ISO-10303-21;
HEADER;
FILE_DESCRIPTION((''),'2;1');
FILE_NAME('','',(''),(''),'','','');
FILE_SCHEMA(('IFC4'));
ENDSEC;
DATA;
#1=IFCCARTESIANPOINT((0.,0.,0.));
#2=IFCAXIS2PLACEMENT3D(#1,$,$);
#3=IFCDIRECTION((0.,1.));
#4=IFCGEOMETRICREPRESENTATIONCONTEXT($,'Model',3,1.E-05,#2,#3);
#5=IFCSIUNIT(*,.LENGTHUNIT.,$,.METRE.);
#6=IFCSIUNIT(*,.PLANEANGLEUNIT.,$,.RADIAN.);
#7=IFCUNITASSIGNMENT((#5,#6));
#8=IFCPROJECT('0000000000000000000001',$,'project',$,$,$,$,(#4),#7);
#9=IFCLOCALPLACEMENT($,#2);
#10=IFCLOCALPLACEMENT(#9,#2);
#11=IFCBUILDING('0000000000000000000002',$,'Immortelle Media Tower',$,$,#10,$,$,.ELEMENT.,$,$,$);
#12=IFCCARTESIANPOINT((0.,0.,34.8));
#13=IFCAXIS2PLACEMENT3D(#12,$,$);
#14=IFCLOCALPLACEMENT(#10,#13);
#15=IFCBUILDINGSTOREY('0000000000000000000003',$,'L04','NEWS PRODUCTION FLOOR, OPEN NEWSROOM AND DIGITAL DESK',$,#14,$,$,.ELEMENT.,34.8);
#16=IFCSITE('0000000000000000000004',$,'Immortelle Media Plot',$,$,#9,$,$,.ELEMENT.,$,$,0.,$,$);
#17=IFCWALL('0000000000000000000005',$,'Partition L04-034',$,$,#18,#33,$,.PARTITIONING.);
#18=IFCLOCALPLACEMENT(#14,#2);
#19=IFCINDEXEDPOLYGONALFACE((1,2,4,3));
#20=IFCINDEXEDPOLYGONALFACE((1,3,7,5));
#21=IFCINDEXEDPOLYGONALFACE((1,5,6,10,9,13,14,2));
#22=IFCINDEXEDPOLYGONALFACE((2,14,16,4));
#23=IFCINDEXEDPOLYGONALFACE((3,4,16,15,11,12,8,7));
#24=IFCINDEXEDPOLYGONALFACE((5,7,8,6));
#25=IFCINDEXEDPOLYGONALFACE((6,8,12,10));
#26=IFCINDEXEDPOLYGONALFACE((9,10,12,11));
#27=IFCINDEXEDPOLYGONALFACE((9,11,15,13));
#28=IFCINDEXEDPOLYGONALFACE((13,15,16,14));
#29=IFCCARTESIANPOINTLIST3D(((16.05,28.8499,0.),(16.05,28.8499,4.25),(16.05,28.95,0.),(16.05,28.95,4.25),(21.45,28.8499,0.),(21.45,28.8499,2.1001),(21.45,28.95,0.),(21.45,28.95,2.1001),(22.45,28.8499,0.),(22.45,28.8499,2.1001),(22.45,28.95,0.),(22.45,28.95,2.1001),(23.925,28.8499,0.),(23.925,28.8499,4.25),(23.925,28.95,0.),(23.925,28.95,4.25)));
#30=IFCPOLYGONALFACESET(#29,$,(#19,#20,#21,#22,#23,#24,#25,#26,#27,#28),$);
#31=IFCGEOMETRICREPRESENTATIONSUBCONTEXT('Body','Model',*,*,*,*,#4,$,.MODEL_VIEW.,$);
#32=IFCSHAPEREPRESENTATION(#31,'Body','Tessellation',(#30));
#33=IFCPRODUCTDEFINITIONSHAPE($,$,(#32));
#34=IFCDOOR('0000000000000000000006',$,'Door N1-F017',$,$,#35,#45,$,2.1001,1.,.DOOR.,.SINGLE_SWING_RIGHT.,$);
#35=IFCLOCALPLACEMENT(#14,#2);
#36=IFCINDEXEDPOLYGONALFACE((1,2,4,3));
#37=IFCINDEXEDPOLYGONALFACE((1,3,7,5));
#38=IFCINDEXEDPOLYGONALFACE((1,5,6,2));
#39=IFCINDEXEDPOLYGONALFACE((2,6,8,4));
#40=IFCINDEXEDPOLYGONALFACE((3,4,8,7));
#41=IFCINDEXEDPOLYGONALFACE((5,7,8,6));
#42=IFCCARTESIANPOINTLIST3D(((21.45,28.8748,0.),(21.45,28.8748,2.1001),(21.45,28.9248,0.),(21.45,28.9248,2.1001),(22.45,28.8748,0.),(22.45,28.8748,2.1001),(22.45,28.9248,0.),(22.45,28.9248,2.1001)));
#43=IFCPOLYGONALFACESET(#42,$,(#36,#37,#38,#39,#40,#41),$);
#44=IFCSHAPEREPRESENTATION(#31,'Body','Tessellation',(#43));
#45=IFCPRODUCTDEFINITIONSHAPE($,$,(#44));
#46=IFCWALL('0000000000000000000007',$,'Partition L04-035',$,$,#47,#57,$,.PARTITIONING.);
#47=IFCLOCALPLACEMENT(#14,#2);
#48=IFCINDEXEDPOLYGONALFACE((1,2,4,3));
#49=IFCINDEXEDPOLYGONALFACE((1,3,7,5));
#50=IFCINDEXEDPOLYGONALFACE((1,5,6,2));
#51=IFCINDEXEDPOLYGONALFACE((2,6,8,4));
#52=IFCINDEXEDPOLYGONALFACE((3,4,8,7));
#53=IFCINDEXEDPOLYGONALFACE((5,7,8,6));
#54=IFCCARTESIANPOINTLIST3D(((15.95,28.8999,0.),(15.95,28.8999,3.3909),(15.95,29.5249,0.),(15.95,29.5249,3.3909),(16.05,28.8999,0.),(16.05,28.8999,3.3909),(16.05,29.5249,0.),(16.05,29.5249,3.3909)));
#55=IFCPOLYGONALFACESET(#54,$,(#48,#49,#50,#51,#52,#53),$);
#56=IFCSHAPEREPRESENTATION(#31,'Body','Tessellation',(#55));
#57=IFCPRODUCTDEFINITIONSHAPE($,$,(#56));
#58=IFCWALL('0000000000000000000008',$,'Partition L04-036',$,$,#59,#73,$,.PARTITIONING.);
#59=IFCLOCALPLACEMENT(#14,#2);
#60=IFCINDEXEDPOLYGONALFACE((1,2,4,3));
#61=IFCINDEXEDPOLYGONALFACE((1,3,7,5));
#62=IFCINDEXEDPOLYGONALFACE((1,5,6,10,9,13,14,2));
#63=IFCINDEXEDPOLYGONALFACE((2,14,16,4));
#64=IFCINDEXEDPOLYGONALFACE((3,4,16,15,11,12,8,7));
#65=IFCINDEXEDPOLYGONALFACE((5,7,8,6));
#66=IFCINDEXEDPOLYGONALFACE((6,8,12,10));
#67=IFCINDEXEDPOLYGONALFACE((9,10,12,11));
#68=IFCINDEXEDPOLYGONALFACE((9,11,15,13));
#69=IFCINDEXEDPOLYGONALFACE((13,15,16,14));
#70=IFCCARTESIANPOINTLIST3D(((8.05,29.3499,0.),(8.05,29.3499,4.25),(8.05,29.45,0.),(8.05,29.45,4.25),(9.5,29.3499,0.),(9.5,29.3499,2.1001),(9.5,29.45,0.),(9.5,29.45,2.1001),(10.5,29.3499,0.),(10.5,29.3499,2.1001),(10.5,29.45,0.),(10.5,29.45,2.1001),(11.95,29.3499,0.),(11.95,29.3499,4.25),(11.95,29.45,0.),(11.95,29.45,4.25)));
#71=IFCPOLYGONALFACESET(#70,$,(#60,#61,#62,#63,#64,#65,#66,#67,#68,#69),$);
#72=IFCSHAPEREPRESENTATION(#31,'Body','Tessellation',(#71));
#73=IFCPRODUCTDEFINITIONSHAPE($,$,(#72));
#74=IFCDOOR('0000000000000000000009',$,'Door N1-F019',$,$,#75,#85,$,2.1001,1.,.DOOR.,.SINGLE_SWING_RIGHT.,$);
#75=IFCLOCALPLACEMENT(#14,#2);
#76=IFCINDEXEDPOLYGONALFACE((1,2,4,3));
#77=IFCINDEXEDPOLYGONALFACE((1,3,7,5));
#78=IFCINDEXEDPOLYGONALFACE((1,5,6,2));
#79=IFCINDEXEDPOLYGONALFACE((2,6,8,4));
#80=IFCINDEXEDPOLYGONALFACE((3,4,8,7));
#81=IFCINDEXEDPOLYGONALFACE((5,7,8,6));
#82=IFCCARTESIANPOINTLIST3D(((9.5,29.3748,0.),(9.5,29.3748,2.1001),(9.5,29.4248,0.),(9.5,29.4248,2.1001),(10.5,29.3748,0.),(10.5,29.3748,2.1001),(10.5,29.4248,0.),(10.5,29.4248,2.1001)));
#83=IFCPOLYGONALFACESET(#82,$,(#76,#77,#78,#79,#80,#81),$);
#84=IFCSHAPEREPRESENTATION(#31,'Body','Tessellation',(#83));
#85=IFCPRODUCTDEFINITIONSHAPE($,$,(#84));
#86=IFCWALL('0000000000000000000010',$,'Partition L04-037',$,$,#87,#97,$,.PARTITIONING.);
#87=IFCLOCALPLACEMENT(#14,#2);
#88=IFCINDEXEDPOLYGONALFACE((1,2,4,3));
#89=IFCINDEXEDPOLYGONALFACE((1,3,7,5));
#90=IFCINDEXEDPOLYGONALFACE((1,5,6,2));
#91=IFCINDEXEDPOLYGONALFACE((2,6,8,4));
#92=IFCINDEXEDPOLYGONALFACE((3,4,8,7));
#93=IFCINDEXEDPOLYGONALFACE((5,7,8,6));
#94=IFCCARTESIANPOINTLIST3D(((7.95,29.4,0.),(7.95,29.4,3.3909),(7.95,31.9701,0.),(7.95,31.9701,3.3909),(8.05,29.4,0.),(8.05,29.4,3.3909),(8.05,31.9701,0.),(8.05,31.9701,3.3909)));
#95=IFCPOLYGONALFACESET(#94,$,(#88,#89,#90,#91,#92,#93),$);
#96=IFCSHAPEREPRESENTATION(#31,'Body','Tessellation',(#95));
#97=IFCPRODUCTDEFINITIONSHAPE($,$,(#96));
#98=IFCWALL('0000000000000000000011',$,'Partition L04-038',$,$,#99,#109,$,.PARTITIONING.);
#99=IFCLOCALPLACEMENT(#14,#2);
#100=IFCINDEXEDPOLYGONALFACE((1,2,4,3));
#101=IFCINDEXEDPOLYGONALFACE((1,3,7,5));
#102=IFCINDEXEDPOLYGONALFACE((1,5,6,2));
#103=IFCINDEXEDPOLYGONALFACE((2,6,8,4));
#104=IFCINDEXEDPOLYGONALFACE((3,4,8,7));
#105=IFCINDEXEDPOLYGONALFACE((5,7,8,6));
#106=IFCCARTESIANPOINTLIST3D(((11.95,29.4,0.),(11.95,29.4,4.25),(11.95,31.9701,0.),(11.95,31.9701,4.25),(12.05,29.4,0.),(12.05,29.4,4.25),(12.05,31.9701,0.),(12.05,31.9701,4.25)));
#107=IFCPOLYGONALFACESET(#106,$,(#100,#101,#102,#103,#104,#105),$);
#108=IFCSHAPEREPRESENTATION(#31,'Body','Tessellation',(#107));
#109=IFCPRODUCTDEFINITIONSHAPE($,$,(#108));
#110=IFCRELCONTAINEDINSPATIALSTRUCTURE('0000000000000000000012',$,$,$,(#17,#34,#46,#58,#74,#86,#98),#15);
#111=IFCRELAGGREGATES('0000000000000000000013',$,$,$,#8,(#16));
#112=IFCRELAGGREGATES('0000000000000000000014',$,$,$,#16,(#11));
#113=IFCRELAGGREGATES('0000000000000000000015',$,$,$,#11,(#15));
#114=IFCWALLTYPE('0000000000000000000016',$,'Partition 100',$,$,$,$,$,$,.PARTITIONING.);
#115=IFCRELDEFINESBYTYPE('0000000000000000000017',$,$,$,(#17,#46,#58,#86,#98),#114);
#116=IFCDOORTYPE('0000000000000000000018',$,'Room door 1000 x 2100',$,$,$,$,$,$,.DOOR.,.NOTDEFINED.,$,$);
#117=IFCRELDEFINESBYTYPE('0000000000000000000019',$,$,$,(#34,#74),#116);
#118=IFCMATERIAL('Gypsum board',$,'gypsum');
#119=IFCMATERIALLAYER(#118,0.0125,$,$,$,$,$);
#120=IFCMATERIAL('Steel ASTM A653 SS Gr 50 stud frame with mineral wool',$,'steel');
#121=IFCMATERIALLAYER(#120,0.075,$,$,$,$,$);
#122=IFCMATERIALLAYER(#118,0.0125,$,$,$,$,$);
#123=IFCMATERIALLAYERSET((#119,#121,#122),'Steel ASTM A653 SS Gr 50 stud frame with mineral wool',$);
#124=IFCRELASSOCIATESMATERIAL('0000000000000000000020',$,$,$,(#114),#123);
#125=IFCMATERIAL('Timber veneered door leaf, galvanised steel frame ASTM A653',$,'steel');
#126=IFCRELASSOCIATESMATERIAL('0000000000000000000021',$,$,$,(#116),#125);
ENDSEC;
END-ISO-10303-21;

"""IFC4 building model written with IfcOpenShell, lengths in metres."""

from ifc_helpers import new_model, si_unit, direction, frame, frame_2d, origin, place, context, subcontext, project, spatial, rectangle, extrude, material, layer, layer_set, type_object, element, fill, save


model = new_model("IFC4")

# Units and contexts
model_context = context("Model", 3, precision=1e-05, world=origin(), true_north=direction((0.0, 1.0)))
body_context = subcontext(model_context, "Body", "Model", "MODEL_VIEW")
ifc_project = project(units=[si_unit("LENGTHUNIT", "METRE"), si_unit("PLANEANGLEUNIT", "RADIAN")], contexts=[model_context])

# Site, building, storey
site_placement = place(None, origin())
site = spatial("IfcSite", under=ifc_project, at=site_placement, Name="Immortelle Media Plot", CompositionType="ELEMENT", RefElevation=0.0)
building_placement = place(site_placement, origin())
building = spatial("IfcBuilding", under=site, at=building_placement, Name="Immortelle Media Tower", CompositionType="ELEMENT")
storey_placement = place(building_placement, frame((0.0, 0.0, 34.8)))
storey = spatial("IfcBuildingStorey", under=building, at=storey_placement, Name="L04", Description="NEWS PRODUCTION FLOOR, OPEN NEWSROOM AND DIGITAL DESK", CompositionType="ELEMENT", Elevation=34.8)

# Shared definitions
ifc_material_1 = material(Name="Steel ASTM A653 SS Gr 50 stud frame with mineral wool", Category="steel")
ifc_material_2 = material(Name="Gypsum board", Category="gypsum")
ifc_layer_1 = layer(ifc_material_2, 0.0125)
ifc_layer_2 = layer(ifc_material_1, 0.075)
ifc_layer_3 = layer(ifc_material_2, 0.0125)
ifc_layer_set_1 = layer_set([ifc_layer_1, ifc_layer_2, ifc_layer_3], Name="Steel ASTM A653 SS Gr 50 stud frame with mineral wool")
wall_type_1 = type_object("IfcWallType", Name="Partition 100", PredefinedType="PARTITIONING", material=ifc_layer_set_1)

# Wall, opening, door
wall_1_placement = place(storey_placement, frame((16.05, 28.8999, 0.0), z_axis=(0.0, 0.0, 1.0), x_axis=(1.0, 0.0, 0.0)))
wall_1 = element("IfcWall", 1, at=wall_1_placement, inside=storey, type_object=wall_type_1, Name="Partition L04-034", PredefinedType="PARTITIONING", context=body_context, shape_type="SweptSolid", body=[
    extrude(rectangle(XDim=7.875, YDim=0.1001, at=frame_2d((3.9375, 0.0))), origin(), (0.0, 0.0, 1.0), 4.25),
])
opening_1_placement = place(wall_1_placement, frame((5.3999, 0.0, 0.0)))
opening_1 = element("IfcOpeningElement", 2, at=opening_1_placement, cuts=wall_1, PredefinedType="OPENING", context=body_context, shape_type="SweptSolid", body=[
    extrude(rectangle(XDim=1.0, YDim=2.1001, at=frame_2d((0.5, 1.05))), frame((0.0, 0.0601, 0.0), z_axis=(0.0, -1.0, 0.0), x_axis=(1.0, 0.0, 0.0)), (0.0, 0.0, 1.0), 0.1201),
])
ifc_material_3 = material(Name="Timber veneered door leaf, galvanised steel frame ASTM A653", Category="steel")
door_type = type_object("IfcDoorType", Name="Room door 1000 x 2100", OperationType="NOTDEFINED", PredefinedType="DOOR", material=ifc_material_3)
door_1_placement = place(opening_1_placement, origin())
door_1 = element("IfcDoor", 3, at=door_1_placement, inside=storey, type_object=door_type, Name="Door N1-F017", OperationType="SINGLE_SWING_RIGHT", OverallHeight=2.1001, OverallWidth=1.0, PredefinedType="DOOR", context=body_context, shape_type="SweptSolid", body=[
    extrude(rectangle(XDim=1.0, YDim=2.1001, at=frame_2d((0.5, 1.05))), frame((0.0, 0.0249, 0.0), z_axis=(0.0, -1.0, 0.0), x_axis=(1.0, 0.0, 0.0)), (0.0, 0.0, 1.0), 0.05),
])
fill(opening_1, door_1)

# Wall
wall_2_placement = place(storey_placement, frame((16.0, 28.8999, 0.0), z_axis=(0.0, 0.0, 1.0), x_axis=(0.0, 1.0, 0.0)))
element("IfcWall", 4, at=wall_2_placement, inside=storey, type_object=wall_type_1, Name="Partition L04-035", PredefinedType="PARTITIONING", context=body_context, shape_type="SweptSolid", body=[
    extrude(rectangle(XDim=0.625, YDim=0.1001, at=frame_2d((0.3125, 0.0))), origin(), (0.0, 0.0, 1.0), 3.3909),
])

# Wall, opening, door
wall_3_placement = place(storey_placement, frame((8.05, 29.3999, 0.0), z_axis=(0.0, 0.0, 1.0), x_axis=(1.0, 0.0, 0.0)))
wall_3 = element("IfcWall", 5, at=wall_3_placement, inside=storey, type_object=wall_type_1, Name="Partition L04-036", PredefinedType="PARTITIONING", context=body_context, shape_type="SweptSolid", body=[
    extrude(rectangle(XDim=3.8999, YDim=0.1001, at=frame_2d((1.95, 0.0))), origin(), (0.0, 0.0, 1.0), 4.25),
])
opening_2_placement = place(wall_3_placement, frame((1.45, 0.0, 0.0)))
opening_2 = element("IfcOpeningElement", 6, at=opening_2_placement, cuts=wall_3, PredefinedType="OPENING", context=body_context, shape_type="SweptSolid", body=[
    extrude(rectangle(XDim=1.0, YDim=2.1001, at=frame_2d((0.5, 1.05))), frame((0.0, 0.0601, 0.0), z_axis=(0.0, -1.0, 0.0), x_axis=(1.0, 0.0, 0.0)), (0.0, 0.0, 1.0), 0.1201),
])
door_2_placement = place(opening_2_placement, origin())
door_2 = element("IfcDoor", 7, at=door_2_placement, inside=storey, type_object=door_type, Name="Door N1-F019", OperationType="SINGLE_SWING_RIGHT", OverallHeight=2.1001, OverallWidth=1.0, PredefinedType="DOOR", context=body_context, shape_type="SweptSolid", body=[
    extrude(rectangle(XDim=1.0, YDim=2.1001, at=frame_2d((0.5, 1.05))), frame((0.0, 0.0249, 0.0), z_axis=(0.0, -1.0, 0.0), x_axis=(1.0, 0.0, 0.0)), (0.0, 0.0, 1.0), 0.05),
])
fill(opening_2, door_2)

# Walls
wall_4_placement = place(storey_placement, frame((8.0, 29.3999, 0.0), z_axis=(0.0, 0.0, 1.0), x_axis=(0.0, 1.0, 0.0)))
element("IfcWall", 8, at=wall_4_placement, inside=storey, type_object=wall_type_1, Name="Partition L04-037", PredefinedType="PARTITIONING", context=body_context, shape_type="SweptSolid", body=[
    extrude(rectangle(XDim=2.5701, YDim=0.1001, at=frame_2d((1.2852, 0.0))), origin(), (0.0, 0.0, 1.0), 3.3909),
])
wall_5_placement = place(storey_placement, frame((12.0, 29.3999, 0.0), z_axis=(0.0, 0.0, 1.0), x_axis=(0.0, 1.0, 0.0)))
element("IfcWall", 9, at=wall_5_placement, inside=storey, type_object=wall_type_1, Name="Partition L04-038", PredefinedType="PARTITIONING", context=body_context, shape_type="SweptSolid", body=[
    extrude(rectangle(XDim=2.5701, YDim=0.1001, at=frame_2d((1.2852, 0.0))), origin(), (0.0, 0.0, 1.0), 4.25),
])

save(model, "model.ifc")
